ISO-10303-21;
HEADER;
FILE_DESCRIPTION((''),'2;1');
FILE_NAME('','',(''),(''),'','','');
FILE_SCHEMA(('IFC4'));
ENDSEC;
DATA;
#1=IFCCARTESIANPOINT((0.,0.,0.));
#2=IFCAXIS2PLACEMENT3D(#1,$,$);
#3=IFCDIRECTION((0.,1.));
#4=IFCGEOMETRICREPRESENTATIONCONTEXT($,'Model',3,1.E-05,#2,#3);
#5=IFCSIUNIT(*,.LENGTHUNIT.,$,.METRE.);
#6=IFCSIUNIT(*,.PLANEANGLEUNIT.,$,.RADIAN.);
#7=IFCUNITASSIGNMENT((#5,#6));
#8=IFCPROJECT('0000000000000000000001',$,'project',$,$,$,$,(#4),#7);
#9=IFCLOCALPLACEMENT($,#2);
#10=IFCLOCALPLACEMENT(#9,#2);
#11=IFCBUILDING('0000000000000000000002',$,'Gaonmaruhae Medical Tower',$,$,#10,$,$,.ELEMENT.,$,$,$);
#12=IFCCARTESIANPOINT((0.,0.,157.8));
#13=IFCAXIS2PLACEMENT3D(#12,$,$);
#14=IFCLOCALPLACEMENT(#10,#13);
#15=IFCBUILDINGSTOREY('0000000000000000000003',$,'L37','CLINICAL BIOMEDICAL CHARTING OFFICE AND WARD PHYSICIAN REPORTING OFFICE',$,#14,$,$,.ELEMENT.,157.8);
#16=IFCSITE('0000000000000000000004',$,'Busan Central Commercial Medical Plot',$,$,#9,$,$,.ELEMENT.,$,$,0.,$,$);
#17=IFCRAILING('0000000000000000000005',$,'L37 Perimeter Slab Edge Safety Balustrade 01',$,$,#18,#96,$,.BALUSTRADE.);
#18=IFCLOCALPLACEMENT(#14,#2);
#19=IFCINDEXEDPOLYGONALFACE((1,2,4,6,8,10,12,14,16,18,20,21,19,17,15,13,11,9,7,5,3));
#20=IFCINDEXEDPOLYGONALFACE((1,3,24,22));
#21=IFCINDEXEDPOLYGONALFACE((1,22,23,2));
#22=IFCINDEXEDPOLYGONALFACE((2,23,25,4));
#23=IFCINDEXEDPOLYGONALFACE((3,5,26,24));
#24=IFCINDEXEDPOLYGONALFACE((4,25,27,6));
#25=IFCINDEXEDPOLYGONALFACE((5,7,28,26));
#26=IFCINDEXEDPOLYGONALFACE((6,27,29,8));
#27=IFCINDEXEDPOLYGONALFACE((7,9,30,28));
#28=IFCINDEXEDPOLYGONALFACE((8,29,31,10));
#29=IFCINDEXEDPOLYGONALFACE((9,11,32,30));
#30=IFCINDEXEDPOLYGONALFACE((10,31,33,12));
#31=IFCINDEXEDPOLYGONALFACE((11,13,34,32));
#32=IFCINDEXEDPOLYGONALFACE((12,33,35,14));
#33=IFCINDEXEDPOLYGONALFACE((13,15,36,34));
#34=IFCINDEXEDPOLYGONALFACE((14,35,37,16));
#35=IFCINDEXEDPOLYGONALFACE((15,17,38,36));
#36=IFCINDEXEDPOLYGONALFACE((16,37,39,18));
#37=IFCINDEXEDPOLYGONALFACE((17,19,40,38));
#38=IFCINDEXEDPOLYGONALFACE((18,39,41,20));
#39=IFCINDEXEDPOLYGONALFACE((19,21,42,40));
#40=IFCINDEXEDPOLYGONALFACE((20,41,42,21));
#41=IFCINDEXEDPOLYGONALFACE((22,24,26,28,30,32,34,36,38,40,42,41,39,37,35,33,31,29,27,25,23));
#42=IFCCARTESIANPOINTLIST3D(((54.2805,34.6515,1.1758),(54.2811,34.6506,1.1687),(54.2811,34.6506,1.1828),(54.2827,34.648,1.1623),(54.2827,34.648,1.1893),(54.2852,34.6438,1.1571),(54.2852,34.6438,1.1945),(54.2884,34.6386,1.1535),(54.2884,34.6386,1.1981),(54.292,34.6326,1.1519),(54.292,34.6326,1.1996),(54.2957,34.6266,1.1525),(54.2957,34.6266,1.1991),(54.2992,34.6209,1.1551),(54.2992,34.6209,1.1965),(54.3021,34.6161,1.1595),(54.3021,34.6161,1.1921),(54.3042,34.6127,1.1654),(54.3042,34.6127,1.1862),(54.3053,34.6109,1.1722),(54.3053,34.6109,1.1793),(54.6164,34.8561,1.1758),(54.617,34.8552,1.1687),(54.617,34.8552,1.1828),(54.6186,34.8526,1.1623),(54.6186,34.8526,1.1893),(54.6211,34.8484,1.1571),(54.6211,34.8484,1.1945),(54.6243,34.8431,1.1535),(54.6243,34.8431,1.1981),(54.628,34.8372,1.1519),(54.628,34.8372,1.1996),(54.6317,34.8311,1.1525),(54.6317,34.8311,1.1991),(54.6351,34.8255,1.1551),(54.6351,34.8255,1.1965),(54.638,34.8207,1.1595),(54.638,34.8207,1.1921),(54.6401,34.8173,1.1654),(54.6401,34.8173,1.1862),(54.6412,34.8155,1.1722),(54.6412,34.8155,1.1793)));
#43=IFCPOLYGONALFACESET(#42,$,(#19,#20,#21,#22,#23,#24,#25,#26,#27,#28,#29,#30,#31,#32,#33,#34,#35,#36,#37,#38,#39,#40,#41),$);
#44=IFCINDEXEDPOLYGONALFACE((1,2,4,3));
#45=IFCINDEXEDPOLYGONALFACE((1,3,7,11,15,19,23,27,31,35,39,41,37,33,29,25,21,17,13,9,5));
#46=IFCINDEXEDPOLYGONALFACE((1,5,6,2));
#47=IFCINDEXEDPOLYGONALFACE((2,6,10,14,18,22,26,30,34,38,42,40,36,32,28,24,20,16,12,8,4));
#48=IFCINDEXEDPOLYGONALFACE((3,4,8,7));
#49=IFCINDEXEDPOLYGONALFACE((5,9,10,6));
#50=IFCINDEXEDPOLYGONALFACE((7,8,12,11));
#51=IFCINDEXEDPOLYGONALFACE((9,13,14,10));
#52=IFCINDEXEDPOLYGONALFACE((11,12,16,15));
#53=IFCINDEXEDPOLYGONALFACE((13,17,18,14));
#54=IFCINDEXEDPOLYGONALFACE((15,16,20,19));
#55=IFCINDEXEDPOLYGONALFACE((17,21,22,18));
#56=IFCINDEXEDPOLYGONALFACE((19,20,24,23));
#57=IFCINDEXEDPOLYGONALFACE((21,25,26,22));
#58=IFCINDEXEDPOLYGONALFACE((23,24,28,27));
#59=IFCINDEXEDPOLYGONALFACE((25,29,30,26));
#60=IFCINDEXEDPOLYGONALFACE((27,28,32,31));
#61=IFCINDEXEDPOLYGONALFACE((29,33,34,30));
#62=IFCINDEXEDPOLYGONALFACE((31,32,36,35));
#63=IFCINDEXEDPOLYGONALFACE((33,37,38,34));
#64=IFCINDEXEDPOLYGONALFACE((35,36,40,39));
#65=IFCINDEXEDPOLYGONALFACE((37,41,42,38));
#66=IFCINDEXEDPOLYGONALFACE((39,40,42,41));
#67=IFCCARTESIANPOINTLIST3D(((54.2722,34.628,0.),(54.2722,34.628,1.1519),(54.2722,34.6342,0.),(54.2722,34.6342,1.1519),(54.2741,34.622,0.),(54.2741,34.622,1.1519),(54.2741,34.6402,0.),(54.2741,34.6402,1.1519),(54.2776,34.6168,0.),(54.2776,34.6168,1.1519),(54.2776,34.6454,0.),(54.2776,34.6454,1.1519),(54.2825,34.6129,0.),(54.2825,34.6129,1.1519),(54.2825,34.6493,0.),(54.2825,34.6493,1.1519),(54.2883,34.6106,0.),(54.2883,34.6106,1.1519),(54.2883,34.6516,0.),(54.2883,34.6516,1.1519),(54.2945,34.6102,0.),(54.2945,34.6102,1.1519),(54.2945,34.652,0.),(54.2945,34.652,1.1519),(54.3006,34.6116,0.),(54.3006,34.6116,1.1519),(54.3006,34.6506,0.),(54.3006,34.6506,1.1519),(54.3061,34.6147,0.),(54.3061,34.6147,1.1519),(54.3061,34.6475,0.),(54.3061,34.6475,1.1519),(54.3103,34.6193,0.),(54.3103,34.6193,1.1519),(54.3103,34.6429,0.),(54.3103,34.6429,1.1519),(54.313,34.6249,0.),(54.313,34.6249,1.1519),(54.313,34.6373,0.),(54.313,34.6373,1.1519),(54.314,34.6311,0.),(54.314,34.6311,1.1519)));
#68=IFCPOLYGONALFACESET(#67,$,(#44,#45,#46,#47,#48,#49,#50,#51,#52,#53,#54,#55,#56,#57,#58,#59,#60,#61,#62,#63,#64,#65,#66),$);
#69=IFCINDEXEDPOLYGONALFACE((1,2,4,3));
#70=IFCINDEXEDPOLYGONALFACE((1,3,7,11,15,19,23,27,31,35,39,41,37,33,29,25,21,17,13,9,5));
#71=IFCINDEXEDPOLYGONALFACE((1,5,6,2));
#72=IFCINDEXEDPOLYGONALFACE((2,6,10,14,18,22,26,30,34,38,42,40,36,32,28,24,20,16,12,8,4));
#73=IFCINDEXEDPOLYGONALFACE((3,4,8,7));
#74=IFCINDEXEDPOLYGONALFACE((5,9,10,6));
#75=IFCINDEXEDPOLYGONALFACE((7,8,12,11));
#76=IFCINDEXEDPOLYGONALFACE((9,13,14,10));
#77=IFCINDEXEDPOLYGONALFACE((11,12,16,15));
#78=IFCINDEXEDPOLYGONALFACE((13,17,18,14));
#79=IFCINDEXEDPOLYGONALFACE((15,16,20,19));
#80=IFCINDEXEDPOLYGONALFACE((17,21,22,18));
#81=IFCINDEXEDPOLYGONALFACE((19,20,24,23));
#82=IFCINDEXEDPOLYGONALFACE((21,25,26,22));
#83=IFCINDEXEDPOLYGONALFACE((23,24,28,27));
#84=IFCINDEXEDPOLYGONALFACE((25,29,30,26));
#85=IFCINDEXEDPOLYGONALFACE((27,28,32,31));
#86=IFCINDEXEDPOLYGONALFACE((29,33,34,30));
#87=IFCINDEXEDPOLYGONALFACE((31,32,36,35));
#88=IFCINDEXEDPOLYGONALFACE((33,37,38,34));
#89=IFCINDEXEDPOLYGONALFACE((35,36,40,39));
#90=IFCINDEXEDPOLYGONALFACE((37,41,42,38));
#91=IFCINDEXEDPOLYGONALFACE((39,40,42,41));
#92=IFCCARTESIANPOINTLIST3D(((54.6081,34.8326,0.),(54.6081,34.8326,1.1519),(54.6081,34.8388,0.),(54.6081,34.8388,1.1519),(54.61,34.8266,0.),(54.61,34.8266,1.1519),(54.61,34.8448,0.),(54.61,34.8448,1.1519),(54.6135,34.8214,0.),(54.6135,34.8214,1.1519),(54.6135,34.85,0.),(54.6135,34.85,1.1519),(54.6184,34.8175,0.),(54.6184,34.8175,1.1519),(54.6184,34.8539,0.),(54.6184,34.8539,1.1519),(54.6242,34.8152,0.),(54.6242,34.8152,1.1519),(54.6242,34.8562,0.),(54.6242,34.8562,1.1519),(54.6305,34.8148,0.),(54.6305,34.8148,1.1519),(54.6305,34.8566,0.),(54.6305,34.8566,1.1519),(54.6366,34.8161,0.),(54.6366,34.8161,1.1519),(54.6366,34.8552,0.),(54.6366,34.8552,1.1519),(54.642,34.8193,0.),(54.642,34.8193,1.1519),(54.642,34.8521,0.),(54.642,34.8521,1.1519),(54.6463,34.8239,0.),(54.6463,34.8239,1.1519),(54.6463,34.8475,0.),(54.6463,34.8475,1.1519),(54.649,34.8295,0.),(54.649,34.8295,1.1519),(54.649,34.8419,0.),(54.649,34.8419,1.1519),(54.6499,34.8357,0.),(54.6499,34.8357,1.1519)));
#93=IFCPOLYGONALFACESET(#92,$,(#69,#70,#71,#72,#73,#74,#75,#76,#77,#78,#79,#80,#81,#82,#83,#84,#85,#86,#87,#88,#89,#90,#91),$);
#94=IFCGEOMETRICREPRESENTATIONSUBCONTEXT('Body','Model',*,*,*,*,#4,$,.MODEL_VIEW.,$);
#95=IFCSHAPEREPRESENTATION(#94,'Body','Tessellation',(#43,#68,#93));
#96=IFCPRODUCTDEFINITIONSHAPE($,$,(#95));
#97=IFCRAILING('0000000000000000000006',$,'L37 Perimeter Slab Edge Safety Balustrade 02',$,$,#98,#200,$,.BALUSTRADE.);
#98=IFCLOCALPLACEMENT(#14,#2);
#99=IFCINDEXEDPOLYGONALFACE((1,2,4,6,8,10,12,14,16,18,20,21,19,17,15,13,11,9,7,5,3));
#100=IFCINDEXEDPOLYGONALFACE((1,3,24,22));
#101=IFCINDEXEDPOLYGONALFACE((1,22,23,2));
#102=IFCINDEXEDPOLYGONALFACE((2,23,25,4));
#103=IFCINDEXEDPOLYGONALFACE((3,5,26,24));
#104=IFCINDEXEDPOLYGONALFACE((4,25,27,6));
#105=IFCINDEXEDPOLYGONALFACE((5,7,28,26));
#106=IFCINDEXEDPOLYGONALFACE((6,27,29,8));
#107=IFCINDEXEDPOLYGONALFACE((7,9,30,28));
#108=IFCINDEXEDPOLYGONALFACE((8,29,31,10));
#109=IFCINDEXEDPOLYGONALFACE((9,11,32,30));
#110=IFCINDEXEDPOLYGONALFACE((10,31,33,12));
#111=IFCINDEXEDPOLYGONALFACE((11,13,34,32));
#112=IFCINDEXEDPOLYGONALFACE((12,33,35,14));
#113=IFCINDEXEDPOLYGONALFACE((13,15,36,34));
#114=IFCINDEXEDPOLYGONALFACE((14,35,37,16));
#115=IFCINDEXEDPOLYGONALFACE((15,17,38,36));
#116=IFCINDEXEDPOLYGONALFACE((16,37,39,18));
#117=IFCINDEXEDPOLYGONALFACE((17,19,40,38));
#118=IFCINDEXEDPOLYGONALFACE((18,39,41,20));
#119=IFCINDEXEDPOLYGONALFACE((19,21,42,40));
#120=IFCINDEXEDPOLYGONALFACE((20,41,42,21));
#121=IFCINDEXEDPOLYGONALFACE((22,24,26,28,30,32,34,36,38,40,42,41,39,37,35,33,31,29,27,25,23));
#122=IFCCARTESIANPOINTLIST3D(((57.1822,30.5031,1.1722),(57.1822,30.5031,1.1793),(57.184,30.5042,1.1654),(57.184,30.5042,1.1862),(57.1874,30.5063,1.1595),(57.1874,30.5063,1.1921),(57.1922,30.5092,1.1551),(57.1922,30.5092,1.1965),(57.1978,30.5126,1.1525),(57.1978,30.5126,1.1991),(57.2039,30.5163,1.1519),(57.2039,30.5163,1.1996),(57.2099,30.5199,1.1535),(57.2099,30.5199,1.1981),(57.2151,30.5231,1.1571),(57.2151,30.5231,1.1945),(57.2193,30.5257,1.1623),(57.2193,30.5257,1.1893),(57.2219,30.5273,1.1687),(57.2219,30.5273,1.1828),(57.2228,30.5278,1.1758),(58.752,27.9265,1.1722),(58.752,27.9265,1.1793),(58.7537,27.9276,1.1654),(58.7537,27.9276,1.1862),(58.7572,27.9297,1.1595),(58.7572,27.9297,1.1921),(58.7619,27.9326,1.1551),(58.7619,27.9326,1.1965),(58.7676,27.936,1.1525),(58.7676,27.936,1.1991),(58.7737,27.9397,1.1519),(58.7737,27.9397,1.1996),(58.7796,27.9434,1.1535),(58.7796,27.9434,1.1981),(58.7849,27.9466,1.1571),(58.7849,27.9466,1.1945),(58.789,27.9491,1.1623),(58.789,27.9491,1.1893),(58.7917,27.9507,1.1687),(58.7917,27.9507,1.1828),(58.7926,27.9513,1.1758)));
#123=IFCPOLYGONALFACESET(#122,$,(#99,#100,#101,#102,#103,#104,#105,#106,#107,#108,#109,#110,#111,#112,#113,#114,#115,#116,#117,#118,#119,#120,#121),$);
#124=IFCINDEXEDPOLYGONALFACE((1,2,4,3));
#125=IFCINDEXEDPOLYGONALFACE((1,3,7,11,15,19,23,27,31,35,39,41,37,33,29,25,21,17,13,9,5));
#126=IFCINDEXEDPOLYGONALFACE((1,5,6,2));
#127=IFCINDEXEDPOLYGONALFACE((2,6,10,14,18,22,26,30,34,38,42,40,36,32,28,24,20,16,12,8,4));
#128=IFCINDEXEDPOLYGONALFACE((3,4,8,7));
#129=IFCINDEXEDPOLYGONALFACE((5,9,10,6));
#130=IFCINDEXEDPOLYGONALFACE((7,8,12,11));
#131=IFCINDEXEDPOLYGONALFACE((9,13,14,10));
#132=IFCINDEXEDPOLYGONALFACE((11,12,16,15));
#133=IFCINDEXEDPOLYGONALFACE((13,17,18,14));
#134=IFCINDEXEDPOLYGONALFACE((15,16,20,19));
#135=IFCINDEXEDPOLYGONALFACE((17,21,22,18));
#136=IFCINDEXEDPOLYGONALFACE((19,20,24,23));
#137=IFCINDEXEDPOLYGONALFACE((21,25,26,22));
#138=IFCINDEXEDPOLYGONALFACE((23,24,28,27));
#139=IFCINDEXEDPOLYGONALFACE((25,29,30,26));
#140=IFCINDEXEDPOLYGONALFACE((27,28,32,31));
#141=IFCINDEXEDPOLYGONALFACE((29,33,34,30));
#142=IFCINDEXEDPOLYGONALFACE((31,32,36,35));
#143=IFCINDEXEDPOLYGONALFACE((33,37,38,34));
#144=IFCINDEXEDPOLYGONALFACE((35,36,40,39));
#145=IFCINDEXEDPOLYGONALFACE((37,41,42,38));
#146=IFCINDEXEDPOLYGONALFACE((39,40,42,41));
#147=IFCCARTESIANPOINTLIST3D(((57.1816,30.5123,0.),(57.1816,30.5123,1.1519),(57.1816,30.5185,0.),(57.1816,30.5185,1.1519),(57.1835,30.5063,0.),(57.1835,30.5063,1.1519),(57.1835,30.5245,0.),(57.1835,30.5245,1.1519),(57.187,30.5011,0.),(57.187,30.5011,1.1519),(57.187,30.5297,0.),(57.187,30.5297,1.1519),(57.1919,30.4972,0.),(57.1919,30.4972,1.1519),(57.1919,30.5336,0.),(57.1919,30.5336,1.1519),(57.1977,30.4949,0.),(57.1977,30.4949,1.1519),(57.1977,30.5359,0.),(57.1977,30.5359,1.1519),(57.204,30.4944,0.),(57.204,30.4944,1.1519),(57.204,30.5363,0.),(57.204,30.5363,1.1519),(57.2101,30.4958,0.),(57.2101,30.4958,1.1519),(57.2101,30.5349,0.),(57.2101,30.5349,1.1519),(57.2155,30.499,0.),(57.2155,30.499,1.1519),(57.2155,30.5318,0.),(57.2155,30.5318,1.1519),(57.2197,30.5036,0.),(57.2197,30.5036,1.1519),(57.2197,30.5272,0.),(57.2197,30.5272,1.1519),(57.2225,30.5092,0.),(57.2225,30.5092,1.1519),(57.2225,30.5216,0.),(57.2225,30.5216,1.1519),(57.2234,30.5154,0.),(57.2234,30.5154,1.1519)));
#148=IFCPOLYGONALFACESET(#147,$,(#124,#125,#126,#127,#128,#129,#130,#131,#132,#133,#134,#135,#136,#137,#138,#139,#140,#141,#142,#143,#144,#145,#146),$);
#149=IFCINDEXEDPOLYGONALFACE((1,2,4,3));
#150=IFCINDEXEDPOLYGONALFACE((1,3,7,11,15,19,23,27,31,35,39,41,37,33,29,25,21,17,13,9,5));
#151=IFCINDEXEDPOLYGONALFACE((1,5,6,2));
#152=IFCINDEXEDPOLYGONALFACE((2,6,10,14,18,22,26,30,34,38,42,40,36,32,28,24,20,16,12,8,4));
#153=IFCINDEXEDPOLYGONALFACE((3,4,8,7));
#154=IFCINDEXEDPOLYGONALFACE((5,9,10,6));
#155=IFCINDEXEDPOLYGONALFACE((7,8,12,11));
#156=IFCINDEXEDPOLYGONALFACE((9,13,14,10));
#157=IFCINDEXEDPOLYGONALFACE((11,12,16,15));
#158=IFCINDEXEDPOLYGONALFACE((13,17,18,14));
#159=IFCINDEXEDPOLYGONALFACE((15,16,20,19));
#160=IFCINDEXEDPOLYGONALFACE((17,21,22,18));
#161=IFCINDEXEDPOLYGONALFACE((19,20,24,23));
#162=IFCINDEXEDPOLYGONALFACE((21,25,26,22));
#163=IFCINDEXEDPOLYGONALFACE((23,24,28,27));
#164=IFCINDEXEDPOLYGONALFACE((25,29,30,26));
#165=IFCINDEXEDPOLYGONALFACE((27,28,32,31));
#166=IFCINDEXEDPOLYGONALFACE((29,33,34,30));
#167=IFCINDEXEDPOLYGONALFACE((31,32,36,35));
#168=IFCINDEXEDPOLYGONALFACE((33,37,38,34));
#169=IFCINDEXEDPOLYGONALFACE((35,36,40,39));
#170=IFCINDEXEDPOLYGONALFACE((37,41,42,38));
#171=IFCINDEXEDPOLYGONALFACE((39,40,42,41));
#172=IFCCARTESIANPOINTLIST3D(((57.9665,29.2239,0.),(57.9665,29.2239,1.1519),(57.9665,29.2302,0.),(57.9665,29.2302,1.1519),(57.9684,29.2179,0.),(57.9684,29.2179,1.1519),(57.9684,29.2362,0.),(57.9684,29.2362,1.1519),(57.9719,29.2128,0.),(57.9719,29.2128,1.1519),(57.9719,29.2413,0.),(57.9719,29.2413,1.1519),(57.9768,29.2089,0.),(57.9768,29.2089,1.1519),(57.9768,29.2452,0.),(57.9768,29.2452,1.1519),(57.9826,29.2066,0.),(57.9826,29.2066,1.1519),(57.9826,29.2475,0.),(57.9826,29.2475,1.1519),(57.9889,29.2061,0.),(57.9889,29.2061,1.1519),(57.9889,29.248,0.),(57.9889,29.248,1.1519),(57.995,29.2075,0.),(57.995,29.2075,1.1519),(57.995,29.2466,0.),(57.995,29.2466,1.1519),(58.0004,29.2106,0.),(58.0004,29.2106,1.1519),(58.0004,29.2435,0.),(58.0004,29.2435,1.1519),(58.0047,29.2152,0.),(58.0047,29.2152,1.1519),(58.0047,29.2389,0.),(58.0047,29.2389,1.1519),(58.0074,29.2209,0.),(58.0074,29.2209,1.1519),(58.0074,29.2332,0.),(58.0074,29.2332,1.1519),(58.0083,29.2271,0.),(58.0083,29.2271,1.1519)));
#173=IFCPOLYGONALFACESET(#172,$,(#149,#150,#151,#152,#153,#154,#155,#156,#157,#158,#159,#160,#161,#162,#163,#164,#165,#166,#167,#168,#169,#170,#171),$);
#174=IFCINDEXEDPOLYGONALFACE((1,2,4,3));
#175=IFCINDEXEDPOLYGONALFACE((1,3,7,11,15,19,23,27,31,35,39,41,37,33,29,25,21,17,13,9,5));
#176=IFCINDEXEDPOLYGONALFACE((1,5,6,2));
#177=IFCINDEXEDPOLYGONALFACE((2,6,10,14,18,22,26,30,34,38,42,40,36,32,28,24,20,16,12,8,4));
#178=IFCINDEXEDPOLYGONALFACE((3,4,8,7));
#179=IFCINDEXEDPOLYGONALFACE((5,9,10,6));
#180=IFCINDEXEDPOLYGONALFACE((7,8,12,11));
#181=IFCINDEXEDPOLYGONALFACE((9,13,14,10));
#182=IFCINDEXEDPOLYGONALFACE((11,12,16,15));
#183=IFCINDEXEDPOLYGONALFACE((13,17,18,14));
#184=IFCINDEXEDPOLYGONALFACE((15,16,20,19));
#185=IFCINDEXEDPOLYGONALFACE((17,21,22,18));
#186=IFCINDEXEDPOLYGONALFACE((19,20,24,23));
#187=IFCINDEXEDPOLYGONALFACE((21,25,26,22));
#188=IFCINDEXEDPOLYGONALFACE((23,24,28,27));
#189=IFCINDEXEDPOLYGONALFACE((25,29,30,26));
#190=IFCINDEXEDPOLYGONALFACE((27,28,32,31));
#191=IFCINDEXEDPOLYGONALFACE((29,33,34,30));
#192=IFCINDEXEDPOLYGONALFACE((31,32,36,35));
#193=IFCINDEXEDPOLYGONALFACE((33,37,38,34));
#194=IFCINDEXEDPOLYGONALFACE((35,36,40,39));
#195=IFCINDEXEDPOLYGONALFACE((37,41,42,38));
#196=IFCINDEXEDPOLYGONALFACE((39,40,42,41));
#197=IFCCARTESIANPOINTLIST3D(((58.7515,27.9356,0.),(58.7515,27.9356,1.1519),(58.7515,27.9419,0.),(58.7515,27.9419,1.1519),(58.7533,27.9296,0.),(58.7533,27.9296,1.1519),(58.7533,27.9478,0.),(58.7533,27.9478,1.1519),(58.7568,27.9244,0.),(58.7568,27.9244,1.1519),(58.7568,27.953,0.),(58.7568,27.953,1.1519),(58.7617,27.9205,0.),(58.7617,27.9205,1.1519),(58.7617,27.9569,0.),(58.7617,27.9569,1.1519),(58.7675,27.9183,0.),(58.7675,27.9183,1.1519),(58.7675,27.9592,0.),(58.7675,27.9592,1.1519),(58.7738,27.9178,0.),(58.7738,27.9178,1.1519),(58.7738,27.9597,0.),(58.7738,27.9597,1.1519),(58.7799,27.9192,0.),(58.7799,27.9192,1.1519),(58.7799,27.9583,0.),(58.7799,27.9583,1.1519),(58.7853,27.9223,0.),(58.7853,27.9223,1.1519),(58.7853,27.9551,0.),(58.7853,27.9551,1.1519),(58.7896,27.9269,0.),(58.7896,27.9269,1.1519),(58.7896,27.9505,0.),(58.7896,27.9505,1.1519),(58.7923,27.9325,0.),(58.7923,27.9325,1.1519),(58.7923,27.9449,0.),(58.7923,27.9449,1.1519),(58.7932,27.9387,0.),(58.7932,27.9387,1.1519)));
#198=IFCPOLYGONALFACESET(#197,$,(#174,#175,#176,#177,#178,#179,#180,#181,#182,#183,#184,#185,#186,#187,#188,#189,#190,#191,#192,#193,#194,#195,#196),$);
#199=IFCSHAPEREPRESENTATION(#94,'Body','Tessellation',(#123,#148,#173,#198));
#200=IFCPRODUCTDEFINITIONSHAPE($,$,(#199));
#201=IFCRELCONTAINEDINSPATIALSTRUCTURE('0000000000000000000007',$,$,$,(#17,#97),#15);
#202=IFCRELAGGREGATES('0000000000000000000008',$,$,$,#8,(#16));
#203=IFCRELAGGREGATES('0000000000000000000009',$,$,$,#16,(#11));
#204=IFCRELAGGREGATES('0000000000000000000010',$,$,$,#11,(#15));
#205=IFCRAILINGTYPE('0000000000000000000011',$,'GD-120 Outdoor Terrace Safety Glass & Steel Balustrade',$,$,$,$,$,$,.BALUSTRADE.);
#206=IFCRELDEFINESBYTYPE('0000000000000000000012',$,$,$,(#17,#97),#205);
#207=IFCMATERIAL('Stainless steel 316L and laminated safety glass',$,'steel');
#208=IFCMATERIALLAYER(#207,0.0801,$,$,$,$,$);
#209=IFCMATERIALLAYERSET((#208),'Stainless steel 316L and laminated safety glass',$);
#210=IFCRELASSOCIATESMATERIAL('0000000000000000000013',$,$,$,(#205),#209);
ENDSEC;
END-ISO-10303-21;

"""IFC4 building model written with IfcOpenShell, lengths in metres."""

from ifc_helpers import new_model, si_unit, direction, frame, origin, origin_2d, place, context, subcontext, project, spatial, circle, extrude, material, layer, layer_set, type_object, element, save


model = new_model("IFC4")

# Units and contexts
model_context = context("Model", 3, precision=1e-05, world=origin(), true_north=direction((0.0, 1.0)))
body_context = subcontext(model_context, "Body", "Model", "MODEL_VIEW")
ifc_project = project(units=[si_unit("LENGTHUNIT", "METRE"), si_unit("PLANEANGLEUNIT", "RADIAN")], contexts=[model_context])

# Site, building, storey
site_placement = place(None, origin())
site = spatial("IfcSite", under=ifc_project, at=site_placement, Name="Busan Central Commercial Medical Plot", CompositionType="ELEMENT", RefElevation=0.0)
building_placement = place(site_placement, origin())
building = spatial("IfcBuilding", under=site, at=building_placement, Name="Gaonmaruhae Medical Tower", CompositionType="ELEMENT")
storey_placement = place(building_placement, frame((0.0, 0.0, 157.8)))
storey = spatial("IfcBuildingStorey", under=building, at=storey_placement, Name="L37", Description="CLINICAL BIOMEDICAL CHARTING OFFICE AND WARD PHYSICIAN REPORTING OFFICE", CompositionType="ELEMENT", Elevation=157.8)

# Railings
ifc_material_1 = material(Name="Stainless steel 316L and laminated safety glass", Category="steel")
ifc_layer_1 = layer(ifc_material_1, 0.0801)
ifc_layer_set_1 = layer_set([ifc_layer_1], Name="Stainless steel 316L and laminated safety glass")
railing_type = type_object("IfcRailingType", Name="GD-120 Outdoor Terrace Safety Glass & Steel Balustrade", PredefinedType="BALUSTRADE", material=ifc_layer_set_1)
railing_1_placement = place(storey_placement, frame((54.293, 34.6311, 0.0)))
element("IfcRailing", 1, at=railing_1_placement, inside=storey, type_object=railing_type, Name="L37 Perimeter Slab Edge Safety Balustrade 01", PredefinedType="BALUSTRADE", context=body_context, shape_type="SweptSolid", body=[
    extrude(circle(Radius=0.0239, at=origin_2d()), frame((0.0, 0.0, 1.1758), z_axis=(0.854079, 0.520144, 0.0), x_axis=(-0.520144, 0.854079, 0.0)), (0.0, 0.0, 1.0), 0.3933),
    extrude(circle(Radius=0.021, at=origin_2d()), origin(), (0.0, 0.0, 1.0), 1.1519),
    extrude(circle(Radius=0.021, at=origin_2d()), frame((0.3359, 0.2046, 0.0)), (0.0, 0.0, 1.0), 1.1519),
])
railing_2_placement = place(storey_placement, frame((57.2024, 30.5154, 0.0)))
element("IfcRailing", 2, at=railing_2_placement, inside=storey, type_object=railing_type, Name="L37 Perimeter Slab Edge Safety Balustrade 02", PredefinedType="BALUSTRADE", context=body_context, shape_type="SweptSolid", body=[
    extrude(circle(Radius=0.0239, at=origin_2d()), frame((0.0, 0.0, 1.1758), z_axis=(0.520291, -0.853989, 0.0), x_axis=(0.853989, 0.520291, 0.0)), (0.0, 0.0, 1.0), 3.0171),
    extrude(circle(Radius=0.021, at=origin_2d()), origin(), (0.0, 0.0, 1.0), 1.1519),
    extrude(circle(Radius=0.021, at=origin_2d()), frame((0.7849, -1.2883, 0.0)), (0.0, 0.0, 1.0), 1.1519),
    extrude(circle(Radius=0.021, at=origin_2d()), frame((1.5698, -2.5767, 0.0)), (0.0, 0.0, 1.0), 1.1519),
])

save(model, "model.ifc")
